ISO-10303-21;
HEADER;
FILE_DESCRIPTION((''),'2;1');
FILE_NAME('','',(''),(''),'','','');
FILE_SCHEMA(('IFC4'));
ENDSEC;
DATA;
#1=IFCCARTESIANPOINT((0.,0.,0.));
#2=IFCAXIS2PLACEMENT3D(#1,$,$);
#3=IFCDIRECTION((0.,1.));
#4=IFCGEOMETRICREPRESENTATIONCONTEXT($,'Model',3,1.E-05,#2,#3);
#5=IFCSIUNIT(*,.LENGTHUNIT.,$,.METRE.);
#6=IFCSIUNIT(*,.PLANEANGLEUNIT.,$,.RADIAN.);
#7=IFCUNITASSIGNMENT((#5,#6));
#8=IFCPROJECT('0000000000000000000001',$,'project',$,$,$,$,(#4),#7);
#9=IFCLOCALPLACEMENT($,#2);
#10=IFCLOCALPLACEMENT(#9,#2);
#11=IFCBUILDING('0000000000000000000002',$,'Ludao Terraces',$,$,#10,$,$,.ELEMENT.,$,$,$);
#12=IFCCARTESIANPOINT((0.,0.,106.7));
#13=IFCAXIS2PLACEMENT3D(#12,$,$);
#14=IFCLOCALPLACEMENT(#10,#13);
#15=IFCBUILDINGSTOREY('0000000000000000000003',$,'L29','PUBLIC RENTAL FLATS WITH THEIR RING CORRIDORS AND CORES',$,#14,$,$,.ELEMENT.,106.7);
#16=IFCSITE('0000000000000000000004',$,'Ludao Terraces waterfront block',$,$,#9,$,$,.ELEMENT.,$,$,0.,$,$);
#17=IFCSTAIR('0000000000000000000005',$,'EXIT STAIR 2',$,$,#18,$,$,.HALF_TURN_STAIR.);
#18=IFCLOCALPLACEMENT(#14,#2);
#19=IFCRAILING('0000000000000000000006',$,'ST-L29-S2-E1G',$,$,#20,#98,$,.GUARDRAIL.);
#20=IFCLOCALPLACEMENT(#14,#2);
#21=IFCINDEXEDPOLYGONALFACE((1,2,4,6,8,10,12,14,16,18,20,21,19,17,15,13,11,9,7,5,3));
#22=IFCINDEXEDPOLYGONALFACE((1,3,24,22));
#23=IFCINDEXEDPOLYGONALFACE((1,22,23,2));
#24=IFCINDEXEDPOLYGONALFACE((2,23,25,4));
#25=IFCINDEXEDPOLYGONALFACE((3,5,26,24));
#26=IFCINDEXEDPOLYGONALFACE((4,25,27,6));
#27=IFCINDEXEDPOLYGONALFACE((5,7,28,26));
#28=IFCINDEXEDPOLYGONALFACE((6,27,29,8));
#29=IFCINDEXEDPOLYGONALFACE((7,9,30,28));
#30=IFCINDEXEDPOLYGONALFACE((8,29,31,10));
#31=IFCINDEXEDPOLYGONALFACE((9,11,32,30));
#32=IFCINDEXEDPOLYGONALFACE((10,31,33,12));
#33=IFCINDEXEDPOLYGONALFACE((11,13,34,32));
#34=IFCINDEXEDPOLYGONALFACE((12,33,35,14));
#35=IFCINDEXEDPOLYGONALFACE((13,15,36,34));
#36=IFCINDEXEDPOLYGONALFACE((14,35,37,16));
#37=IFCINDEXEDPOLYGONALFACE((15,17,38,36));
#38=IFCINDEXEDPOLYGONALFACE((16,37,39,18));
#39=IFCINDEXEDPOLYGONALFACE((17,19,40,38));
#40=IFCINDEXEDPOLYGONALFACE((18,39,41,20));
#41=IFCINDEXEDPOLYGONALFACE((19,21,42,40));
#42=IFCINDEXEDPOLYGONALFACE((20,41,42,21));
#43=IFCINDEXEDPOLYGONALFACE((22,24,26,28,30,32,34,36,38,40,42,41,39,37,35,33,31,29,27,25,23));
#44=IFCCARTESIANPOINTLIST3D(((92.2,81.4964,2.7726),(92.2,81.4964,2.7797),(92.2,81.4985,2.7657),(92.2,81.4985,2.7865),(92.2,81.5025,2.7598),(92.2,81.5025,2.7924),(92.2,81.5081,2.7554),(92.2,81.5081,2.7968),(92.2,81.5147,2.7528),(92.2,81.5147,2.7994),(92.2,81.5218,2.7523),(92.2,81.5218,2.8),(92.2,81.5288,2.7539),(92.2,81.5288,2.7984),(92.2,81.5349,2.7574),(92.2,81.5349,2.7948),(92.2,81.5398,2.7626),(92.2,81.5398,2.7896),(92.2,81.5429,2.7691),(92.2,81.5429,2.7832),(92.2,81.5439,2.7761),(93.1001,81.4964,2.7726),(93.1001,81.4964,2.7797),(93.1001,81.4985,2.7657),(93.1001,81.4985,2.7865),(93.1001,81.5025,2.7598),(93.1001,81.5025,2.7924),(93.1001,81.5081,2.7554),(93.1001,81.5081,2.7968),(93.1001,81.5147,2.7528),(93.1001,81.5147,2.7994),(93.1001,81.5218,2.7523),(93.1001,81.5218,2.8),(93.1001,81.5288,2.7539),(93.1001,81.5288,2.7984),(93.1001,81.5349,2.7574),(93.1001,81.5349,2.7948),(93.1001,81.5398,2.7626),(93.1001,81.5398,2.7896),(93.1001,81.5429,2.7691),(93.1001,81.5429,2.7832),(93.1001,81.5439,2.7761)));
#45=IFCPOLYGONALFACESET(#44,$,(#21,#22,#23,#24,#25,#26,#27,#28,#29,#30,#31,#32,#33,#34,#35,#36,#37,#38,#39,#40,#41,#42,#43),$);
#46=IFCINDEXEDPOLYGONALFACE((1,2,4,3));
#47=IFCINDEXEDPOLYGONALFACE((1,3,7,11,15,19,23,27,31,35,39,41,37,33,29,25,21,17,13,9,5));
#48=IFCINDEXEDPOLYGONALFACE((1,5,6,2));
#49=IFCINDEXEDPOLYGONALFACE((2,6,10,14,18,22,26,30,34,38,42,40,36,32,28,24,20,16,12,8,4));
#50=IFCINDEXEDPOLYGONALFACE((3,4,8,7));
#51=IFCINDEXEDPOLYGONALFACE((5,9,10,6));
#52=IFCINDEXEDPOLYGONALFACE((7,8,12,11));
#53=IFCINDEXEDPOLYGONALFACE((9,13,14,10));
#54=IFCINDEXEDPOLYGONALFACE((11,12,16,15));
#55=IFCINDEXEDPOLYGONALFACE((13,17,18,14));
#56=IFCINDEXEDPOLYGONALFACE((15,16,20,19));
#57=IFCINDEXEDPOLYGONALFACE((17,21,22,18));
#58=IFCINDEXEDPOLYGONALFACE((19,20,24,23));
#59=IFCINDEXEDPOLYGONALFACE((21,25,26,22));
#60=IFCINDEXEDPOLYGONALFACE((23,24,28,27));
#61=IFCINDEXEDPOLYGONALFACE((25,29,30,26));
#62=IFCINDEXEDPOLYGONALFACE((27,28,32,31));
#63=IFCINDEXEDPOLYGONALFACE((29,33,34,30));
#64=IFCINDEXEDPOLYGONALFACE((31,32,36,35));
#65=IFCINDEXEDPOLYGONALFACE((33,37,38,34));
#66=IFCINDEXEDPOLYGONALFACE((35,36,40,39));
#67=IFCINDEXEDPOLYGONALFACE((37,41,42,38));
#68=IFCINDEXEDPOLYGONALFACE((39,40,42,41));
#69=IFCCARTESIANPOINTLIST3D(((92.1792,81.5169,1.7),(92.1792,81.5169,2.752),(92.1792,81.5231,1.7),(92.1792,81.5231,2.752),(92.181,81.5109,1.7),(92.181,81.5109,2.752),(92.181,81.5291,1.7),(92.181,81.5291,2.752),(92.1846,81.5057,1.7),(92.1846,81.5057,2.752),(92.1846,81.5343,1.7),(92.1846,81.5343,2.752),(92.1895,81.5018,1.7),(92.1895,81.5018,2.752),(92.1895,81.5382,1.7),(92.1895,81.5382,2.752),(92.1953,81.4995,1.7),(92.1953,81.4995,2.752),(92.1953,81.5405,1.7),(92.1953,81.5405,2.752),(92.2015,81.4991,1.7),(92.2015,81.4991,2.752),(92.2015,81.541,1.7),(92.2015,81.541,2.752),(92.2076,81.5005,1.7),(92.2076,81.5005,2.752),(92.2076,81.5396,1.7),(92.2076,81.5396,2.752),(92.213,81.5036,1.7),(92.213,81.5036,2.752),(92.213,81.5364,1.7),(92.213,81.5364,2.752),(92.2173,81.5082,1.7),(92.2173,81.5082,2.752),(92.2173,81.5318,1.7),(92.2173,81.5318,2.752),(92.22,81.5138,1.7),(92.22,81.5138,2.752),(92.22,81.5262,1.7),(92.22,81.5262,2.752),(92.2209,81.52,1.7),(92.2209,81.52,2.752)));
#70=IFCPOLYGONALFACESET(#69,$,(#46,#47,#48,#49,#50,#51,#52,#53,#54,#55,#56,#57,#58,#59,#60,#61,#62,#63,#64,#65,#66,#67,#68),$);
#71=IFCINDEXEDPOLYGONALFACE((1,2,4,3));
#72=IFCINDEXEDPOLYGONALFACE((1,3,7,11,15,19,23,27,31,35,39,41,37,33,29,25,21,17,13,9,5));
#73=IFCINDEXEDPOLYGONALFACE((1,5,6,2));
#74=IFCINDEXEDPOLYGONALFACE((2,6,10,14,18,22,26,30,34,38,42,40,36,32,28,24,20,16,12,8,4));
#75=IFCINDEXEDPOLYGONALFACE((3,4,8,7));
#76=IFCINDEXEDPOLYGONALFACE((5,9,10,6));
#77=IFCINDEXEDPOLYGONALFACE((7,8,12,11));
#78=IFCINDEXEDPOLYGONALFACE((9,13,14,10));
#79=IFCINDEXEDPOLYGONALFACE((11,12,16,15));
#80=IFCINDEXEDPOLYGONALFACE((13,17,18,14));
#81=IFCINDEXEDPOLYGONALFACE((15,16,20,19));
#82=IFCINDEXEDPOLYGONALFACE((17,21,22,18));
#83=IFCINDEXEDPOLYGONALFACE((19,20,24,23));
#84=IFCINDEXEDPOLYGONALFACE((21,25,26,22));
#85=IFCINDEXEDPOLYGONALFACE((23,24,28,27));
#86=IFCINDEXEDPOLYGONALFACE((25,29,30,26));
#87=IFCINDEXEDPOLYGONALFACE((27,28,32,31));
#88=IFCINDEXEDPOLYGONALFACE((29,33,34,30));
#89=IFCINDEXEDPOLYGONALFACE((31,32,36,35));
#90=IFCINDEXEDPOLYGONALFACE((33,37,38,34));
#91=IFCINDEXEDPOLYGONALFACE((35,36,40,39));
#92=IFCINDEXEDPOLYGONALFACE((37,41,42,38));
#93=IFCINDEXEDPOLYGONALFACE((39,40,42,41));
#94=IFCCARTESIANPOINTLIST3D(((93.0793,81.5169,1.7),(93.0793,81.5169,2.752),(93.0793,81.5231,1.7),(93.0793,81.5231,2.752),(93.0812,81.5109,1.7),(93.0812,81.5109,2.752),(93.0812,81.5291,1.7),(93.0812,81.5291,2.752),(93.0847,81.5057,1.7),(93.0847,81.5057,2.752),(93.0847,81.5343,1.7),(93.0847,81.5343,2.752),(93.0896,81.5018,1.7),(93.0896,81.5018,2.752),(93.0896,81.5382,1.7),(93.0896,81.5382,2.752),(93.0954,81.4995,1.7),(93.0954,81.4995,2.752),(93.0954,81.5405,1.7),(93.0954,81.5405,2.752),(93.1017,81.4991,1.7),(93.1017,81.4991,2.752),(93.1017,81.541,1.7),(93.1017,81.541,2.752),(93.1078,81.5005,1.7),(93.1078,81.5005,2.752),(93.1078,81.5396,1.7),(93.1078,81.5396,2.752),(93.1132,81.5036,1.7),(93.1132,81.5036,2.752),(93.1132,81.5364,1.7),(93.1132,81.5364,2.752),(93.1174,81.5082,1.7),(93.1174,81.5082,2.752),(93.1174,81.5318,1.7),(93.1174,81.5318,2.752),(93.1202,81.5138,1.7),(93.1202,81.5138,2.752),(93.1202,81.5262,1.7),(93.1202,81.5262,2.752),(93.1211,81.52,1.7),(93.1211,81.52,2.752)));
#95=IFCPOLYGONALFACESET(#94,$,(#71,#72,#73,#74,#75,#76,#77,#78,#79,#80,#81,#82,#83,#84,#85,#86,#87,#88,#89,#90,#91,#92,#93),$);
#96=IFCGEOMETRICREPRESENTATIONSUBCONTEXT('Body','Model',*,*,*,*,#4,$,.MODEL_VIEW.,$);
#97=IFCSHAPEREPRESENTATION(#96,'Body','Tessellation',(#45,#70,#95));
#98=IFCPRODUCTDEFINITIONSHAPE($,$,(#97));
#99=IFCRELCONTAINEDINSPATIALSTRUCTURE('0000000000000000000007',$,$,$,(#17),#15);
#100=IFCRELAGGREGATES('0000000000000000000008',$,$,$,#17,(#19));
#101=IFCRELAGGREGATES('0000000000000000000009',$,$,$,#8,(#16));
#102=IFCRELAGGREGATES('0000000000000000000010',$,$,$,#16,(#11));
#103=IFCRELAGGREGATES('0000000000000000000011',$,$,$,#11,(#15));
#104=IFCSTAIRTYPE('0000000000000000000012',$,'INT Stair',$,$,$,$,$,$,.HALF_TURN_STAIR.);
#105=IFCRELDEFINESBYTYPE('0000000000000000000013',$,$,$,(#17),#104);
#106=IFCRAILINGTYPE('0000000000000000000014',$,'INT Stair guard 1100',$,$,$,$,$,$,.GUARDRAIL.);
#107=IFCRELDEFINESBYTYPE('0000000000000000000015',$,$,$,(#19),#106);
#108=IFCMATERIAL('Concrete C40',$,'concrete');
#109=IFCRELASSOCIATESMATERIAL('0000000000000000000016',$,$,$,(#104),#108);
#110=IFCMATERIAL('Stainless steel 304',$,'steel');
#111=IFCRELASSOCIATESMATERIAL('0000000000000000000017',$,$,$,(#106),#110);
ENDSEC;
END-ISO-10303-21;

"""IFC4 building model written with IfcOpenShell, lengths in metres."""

from ifc_helpers import new_model, si_unit, direction, frame, origin, origin_2d, place, context, subcontext, project, spatial, circle, extrude, material, type_object, element, aggregate, save


model = new_model("IFC4")

# Units and contexts
model_context = context("Model", 3, precision=1e-05, world=origin(), true_north=direction((0.0, 1.0)))
body_context = subcontext(model_context, "Body", "Model", "MODEL_VIEW")
ifc_project = project(units=[si_unit("LENGTHUNIT", "METRE"), si_unit("PLANEANGLEUNIT", "RADIAN")], contexts=[model_context])

# Site, building, storey
site_placement = place(None, origin())
site = spatial("IfcSite", under=ifc_project, at=site_placement, Name="Ludao Terraces waterfront block", CompositionType="ELEMENT", RefElevation=0.0)
building_placement = place(site_placement, origin())
building = spatial("IfcBuilding", under=site, at=building_placement, Name="Ludao Terraces", CompositionType="ELEMENT")
storey_placement = place(building_placement, frame((0.0, 0.0, 106.7)))
storey = spatial("IfcBuildingStorey", under=building, at=storey_placement, Name="L29", Description="PUBLIC RENTAL FLATS WITH THEIR RING CORRIDORS AND CORES", CompositionType="ELEMENT", Elevation=106.7)

# Shared definitions
ifc_material_1 = material(Name="Stainless steel 304", Category="steel")

# Stair, railing
ifc_material_2 = material(Name="Concrete C40", Category="concrete")
stair_type = type_object("IfcStairType", Name="INT Stair", PredefinedType="HALF_TURN_STAIR", material=ifc_material_2)
stair_placement = place(storey_placement, origin())
stair = element("IfcStair", 1, at=stair_placement, inside=storey, type_object=stair_type, Name="EXIT STAIR 2", PredefinedType="HALF_TURN_STAIR")
railing_type = type_object("IfcRailingType", Name="INT Stair guard 1100", PredefinedType="GUARDRAIL", material=ifc_material_1)
railing_1_placement = place(storey_placement, frame((92.2, 81.52, 1.7)))
railing_1 = element("IfcRailing", 2, at=railing_1_placement, type_object=railing_type, Name="ST-L29-S2-E1G", PredefinedType="GUARDRAIL", context=body_context, shape_type="SweptSolid", body=[
    extrude(circle(Radius=0.0239, at=origin_2d()), frame((0.0, 0.0, 1.0762), z_axis=(1.0, 0.0, 0.0), x_axis=(0.0, 1.0, 0.0)), (0.0, 0.0, 1.0), 0.9001),
    extrude(circle(Radius=0.021, at=origin_2d()), origin(), (0.0, 0.0, 1.0), 1.052),
    extrude(circle(Radius=0.021, at=origin_2d()), frame((0.9001, 0.0, 0.0)), (0.0, 0.0, 1.0), 1.052),
])
aggregate(stair, [railing_1])

save(model, "model.ifc")
